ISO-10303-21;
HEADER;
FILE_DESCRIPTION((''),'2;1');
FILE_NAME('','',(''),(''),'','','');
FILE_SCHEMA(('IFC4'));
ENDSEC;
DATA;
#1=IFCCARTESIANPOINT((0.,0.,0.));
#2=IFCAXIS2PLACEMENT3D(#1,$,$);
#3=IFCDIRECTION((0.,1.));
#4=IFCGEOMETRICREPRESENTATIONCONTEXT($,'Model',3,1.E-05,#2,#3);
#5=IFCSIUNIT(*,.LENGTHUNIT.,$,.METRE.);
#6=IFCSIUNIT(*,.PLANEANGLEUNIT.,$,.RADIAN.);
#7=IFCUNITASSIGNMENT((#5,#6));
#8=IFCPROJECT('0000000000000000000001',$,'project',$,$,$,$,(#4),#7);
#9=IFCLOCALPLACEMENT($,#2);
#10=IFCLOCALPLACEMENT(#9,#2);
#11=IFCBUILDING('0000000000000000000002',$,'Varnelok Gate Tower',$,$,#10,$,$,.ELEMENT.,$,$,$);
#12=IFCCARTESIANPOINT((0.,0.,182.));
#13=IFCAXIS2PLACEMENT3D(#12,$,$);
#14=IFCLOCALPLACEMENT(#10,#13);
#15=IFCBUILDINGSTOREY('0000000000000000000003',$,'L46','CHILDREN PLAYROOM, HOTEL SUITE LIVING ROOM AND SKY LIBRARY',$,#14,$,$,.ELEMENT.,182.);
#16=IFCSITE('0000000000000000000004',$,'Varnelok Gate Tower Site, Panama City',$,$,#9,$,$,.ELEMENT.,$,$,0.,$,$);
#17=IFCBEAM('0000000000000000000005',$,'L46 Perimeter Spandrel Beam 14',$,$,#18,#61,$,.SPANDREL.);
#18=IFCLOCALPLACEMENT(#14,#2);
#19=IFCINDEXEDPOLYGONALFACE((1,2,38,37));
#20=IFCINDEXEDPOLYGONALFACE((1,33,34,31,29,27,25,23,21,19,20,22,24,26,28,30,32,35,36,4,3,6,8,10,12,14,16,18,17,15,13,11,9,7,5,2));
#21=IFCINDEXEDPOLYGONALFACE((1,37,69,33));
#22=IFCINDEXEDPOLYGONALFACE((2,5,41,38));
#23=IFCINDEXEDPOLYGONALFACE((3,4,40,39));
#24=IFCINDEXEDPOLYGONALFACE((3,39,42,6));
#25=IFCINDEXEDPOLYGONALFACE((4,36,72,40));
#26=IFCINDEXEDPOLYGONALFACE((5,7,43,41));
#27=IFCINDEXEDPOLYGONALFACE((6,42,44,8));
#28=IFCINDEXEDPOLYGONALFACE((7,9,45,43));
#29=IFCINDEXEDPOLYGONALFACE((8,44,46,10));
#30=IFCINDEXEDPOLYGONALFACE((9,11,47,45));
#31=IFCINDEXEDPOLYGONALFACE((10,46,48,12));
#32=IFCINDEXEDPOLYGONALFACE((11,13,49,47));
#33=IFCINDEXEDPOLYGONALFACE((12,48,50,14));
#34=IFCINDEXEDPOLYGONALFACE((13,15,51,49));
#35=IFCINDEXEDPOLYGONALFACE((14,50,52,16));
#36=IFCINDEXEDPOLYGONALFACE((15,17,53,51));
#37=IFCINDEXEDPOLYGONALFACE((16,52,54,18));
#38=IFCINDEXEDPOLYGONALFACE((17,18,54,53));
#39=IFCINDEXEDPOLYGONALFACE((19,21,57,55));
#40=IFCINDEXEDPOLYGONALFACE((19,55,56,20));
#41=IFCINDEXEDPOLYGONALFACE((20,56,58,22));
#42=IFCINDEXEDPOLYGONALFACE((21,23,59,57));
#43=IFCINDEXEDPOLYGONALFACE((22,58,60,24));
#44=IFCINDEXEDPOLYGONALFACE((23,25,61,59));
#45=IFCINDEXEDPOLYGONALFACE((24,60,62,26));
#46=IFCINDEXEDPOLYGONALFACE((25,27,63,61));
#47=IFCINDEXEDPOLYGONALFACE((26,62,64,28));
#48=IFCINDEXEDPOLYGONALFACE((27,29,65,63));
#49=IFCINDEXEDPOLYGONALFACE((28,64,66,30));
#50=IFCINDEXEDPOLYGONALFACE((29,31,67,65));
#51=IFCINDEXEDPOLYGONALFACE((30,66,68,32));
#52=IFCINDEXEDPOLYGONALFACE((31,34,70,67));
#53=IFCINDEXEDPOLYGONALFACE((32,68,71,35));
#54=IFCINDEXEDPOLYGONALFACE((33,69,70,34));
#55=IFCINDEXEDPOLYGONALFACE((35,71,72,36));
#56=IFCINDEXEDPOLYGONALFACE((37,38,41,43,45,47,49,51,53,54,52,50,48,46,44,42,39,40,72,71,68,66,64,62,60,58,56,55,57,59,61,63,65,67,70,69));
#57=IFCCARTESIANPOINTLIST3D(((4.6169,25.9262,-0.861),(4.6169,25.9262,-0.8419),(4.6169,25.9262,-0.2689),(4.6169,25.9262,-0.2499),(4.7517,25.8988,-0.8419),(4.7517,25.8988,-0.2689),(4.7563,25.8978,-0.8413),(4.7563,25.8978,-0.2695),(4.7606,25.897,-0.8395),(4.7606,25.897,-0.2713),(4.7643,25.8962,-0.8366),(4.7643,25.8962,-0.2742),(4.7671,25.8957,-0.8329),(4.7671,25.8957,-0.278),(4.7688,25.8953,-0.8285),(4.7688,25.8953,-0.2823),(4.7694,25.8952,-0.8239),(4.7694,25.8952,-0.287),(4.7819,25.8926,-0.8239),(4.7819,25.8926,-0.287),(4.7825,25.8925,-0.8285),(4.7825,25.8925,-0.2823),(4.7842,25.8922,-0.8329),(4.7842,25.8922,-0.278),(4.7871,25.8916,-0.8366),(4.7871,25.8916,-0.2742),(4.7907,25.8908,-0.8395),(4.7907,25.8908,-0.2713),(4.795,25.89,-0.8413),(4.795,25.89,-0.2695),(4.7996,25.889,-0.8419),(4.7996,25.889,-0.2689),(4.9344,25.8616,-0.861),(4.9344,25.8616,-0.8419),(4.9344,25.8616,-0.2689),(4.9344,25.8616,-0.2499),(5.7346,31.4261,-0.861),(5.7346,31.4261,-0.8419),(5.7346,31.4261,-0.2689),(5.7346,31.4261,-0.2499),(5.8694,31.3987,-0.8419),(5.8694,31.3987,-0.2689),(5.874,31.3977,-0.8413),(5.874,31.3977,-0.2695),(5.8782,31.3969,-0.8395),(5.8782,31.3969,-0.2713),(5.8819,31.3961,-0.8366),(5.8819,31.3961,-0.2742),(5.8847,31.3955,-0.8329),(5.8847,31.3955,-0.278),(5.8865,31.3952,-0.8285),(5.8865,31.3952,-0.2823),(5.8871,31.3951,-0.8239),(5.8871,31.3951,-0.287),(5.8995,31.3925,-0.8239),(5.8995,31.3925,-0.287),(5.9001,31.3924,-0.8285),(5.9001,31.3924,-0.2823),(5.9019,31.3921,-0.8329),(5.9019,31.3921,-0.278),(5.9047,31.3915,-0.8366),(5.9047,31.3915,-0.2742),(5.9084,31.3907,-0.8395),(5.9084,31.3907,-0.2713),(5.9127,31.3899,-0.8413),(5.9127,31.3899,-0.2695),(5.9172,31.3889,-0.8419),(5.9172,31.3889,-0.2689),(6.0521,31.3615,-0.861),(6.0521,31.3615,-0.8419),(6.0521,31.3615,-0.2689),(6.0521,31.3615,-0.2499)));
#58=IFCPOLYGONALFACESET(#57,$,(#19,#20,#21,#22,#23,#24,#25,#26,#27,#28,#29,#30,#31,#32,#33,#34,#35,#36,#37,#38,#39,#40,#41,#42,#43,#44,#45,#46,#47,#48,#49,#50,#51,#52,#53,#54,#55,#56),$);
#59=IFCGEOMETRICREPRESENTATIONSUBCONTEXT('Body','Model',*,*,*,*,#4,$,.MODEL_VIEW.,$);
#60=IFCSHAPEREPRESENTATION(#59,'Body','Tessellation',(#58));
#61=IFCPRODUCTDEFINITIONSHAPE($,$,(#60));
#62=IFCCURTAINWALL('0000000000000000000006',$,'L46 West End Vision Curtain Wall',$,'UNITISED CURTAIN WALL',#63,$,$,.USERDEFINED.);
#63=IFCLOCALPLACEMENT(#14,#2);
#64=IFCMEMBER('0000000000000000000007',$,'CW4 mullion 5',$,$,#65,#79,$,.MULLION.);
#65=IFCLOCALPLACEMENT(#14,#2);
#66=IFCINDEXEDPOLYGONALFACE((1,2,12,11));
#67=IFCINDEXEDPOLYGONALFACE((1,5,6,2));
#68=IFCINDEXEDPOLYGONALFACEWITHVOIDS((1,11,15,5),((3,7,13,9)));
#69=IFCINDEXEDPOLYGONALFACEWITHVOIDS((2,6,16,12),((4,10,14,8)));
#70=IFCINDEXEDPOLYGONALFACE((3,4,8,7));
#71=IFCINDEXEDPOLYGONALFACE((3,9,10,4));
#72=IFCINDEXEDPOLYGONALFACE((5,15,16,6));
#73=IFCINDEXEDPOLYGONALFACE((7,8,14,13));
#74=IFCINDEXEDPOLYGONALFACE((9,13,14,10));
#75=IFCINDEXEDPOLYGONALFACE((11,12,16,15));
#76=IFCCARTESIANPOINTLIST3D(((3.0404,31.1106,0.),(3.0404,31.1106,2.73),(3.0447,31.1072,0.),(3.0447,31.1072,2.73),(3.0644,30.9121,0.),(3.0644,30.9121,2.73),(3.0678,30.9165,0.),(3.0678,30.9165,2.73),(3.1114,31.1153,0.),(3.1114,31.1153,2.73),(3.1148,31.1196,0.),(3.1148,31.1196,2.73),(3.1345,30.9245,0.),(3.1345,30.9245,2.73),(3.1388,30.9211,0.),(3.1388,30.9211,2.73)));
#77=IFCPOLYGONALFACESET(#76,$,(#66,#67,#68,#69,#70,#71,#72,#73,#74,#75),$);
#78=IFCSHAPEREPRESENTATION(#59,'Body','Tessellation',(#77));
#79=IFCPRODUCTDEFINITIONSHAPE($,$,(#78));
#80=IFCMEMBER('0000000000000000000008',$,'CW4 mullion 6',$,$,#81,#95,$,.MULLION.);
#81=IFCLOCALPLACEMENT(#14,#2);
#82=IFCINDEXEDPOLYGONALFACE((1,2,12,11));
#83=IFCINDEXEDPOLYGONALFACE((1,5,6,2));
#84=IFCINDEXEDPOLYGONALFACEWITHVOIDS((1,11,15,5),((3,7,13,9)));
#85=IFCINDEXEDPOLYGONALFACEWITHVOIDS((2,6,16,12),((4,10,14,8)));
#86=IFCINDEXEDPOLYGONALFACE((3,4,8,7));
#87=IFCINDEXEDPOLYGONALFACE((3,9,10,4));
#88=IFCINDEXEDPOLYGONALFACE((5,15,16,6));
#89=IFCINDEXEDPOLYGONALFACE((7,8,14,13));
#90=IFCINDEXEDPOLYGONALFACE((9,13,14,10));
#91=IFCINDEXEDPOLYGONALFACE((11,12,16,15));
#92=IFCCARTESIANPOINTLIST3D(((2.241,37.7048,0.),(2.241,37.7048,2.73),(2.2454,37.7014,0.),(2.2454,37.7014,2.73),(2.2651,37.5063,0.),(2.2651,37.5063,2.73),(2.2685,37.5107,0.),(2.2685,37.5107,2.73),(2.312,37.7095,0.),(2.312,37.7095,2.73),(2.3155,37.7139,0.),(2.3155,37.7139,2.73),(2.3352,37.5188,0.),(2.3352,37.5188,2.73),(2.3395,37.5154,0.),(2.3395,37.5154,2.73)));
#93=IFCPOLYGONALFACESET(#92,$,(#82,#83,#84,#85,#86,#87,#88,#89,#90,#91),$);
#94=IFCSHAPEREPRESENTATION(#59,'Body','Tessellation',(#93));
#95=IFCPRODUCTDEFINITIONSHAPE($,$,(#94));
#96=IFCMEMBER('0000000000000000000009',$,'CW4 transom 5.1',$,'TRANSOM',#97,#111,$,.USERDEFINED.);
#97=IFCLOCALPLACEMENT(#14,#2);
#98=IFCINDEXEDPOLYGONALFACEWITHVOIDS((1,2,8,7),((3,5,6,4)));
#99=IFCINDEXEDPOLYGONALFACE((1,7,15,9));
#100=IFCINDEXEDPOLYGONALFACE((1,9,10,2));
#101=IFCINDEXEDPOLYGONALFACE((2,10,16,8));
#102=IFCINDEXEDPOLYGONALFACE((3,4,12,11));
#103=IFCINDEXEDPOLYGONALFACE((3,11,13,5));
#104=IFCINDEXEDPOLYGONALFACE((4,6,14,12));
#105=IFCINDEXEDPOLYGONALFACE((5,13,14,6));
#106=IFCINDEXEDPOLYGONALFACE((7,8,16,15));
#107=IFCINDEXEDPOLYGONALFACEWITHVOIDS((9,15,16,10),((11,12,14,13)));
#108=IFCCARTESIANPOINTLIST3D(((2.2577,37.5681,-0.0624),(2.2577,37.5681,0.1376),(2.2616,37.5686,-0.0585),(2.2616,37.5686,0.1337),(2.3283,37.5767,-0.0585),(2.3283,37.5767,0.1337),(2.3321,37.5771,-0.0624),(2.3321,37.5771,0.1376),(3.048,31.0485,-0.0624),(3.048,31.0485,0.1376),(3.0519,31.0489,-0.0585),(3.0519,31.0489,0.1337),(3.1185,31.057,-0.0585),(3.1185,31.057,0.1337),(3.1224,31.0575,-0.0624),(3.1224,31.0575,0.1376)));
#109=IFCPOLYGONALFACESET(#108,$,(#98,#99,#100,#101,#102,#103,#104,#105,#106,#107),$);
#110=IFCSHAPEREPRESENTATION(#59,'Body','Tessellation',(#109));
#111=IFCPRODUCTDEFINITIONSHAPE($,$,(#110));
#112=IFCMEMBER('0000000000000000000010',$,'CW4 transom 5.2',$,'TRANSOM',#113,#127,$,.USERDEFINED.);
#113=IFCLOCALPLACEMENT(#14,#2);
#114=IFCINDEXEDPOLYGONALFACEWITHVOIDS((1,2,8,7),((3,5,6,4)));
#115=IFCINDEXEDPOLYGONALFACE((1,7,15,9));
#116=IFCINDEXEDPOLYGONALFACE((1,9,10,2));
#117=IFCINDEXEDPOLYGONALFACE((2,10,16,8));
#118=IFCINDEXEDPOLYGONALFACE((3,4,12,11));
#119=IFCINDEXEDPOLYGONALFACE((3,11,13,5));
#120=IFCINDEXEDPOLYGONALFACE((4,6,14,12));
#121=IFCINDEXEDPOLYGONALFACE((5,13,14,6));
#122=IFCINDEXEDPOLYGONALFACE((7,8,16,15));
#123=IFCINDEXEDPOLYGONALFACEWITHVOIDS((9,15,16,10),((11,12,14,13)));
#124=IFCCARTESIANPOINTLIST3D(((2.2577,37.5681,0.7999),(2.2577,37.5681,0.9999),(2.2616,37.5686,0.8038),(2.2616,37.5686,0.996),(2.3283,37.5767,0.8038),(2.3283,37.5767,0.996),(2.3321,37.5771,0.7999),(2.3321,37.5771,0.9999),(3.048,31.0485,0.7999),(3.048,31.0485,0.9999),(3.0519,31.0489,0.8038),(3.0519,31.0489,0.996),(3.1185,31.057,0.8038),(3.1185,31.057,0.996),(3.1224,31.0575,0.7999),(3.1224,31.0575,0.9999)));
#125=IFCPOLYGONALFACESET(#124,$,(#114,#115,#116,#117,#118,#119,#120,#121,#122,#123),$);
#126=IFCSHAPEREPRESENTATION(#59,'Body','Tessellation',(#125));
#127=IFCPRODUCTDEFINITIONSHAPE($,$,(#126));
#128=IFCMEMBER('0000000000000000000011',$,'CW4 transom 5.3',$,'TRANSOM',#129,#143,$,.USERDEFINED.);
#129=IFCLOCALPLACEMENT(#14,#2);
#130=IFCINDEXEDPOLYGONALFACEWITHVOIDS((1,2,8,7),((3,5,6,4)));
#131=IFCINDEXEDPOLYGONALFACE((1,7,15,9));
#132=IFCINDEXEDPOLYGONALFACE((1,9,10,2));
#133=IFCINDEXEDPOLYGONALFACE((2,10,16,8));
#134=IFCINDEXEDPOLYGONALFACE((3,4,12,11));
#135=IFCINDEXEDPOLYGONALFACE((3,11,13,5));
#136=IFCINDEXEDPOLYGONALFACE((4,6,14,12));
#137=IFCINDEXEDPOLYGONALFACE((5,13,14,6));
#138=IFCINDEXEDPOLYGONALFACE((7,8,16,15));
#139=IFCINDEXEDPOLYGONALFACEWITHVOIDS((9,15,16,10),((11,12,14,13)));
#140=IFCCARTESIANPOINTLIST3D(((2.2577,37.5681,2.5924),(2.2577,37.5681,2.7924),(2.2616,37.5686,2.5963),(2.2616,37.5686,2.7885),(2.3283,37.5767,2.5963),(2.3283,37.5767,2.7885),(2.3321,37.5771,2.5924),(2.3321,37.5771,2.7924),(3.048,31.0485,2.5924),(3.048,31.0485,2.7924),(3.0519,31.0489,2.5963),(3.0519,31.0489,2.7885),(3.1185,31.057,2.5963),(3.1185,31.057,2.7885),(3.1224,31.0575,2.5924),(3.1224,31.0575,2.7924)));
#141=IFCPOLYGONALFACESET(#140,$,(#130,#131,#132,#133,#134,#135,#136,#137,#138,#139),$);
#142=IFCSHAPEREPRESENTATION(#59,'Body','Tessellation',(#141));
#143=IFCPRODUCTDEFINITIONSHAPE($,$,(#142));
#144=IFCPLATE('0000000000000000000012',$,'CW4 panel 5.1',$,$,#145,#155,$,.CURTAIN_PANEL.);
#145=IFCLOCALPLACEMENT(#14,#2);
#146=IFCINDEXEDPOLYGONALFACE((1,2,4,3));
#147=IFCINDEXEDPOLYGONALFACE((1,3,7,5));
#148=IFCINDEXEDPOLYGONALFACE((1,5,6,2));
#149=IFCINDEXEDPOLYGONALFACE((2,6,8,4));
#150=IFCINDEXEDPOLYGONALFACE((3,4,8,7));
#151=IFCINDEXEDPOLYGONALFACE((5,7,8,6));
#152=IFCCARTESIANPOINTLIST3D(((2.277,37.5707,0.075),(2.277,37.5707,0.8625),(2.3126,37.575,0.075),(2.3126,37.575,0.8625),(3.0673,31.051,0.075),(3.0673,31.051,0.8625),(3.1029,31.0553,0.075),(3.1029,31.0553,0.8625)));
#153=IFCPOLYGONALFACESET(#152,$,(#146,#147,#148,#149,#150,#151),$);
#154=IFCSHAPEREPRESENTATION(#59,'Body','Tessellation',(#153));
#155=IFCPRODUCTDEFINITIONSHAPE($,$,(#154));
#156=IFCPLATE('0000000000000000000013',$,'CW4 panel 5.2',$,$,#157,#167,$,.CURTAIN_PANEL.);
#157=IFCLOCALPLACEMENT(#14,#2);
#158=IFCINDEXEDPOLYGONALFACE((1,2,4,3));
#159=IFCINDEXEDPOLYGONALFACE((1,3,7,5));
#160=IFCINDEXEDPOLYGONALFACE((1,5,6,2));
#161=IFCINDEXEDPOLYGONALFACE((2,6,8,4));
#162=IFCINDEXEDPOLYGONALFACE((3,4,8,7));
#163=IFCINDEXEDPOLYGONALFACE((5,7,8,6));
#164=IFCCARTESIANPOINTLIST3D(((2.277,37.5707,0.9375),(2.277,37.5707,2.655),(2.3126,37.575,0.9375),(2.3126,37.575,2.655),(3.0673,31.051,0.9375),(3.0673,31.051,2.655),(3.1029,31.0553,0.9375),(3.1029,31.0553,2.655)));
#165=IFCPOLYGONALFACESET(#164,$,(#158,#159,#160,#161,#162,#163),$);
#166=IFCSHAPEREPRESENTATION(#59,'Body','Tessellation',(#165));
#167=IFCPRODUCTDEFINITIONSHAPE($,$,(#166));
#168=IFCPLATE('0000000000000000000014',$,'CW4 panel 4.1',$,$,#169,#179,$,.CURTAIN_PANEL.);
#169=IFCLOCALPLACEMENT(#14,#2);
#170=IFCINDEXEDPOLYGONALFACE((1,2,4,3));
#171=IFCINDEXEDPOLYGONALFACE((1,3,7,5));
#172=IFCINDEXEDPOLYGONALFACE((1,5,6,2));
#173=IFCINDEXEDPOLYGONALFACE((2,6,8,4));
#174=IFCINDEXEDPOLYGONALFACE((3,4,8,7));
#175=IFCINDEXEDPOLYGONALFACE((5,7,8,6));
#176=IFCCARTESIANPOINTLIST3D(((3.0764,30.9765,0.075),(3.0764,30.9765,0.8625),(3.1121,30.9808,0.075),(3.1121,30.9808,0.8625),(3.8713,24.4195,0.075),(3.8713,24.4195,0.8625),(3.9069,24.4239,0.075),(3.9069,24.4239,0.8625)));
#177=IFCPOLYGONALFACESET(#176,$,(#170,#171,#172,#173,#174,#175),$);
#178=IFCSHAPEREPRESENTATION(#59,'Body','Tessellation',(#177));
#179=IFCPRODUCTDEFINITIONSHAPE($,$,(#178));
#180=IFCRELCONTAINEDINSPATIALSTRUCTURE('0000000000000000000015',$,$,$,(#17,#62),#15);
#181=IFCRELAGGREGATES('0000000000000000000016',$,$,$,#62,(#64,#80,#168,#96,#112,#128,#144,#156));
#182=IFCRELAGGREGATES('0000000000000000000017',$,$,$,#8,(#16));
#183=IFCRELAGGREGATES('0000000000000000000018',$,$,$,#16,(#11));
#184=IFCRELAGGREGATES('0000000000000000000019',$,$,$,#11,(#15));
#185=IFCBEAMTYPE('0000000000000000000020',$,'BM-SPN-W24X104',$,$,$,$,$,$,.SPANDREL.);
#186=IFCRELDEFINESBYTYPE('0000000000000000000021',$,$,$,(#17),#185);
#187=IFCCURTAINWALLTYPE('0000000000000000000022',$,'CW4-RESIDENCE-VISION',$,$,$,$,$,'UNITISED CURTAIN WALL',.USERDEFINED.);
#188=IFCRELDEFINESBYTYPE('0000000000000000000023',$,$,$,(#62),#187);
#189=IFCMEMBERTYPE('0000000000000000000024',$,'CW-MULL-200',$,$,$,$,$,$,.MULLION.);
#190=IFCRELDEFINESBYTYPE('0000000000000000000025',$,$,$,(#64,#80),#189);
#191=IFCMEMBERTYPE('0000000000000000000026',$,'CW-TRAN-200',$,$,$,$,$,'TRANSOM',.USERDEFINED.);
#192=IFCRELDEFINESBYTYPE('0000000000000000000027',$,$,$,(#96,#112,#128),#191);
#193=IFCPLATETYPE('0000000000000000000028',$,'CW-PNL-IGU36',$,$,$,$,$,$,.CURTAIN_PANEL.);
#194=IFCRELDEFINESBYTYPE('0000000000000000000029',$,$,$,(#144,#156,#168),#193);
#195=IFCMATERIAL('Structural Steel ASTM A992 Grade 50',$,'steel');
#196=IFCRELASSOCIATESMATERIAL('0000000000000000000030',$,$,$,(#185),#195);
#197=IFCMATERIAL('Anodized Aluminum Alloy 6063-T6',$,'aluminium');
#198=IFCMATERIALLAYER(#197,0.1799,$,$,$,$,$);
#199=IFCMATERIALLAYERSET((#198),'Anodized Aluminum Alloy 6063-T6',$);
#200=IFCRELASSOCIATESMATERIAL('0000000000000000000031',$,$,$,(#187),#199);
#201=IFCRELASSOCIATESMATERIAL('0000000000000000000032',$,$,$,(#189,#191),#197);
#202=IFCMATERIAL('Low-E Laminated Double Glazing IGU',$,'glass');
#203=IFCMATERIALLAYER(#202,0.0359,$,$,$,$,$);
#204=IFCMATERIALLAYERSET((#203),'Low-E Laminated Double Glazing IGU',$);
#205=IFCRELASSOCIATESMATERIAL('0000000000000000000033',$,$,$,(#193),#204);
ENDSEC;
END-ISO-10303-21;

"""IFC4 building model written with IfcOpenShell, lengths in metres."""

from ifc_helpers import new_model, si_unit, direction, frame, origin, origin_2d, place, context, subcontext, project, spatial, rectangle, hollow_rectangle, i_section, extrude, source, transform, mapped, material, layer, layer_set, material_profile, profile_set, type_object, element, aggregate, save


model = new_model("IFC4")

# Units and contexts
model_context = context("Model", 3, precision=1e-05, world=origin(), true_north=direction((0.0, 1.0)))
body_context = subcontext(model_context, "Body", "Model", "MODEL_VIEW")
ifc_project = project(units=[si_unit("LENGTHUNIT", "METRE"), si_unit("PLANEANGLEUNIT", "RADIAN")], contexts=[model_context])

# Site, building, storey
site_placement = place(None, origin())
site = spatial("IfcSite", under=ifc_project, at=site_placement, Name="Varnelok Gate Tower Site, Panama City", CompositionType="ELEMENT", RefElevation=0.0)
building_placement = place(site_placement, origin())
building = spatial("IfcBuilding", under=site, at=building_placement, Name="Varnelok Gate Tower", CompositionType="ELEMENT")
storey_placement = place(building_placement, frame((0.0, 0.0, 182.0)))
storey = spatial("IfcBuildingStorey", under=building, at=storey_placement, Name="L46", Description="CHILDREN PLAYROOM, HOTEL SUITE LIVING ROOM AND SKY LIBRARY", CompositionType="ELEMENT", Elevation=182.0)

# Shared definitions
ifc_material_1 = material(Name="Structural Steel ASTM A992 Grade 50", Category="steel")

# Beam
ifc_material_profile_1 = material_profile(ifc_material_1, i_section(OverallWidth=0.324, OverallDepth=0.6111, WebThickness=0.0127, FlangeThickness=0.019, FilletRadius=0.0181, at=origin_2d()), Name="W24X104")
ifc_profile_set_1 = profile_set([ifc_material_profile_1], Name="Structural Steel ASTM A992 Grade 50")
beam_type_1 = type_object("IfcBeamType", Name="BM-SPN-W24X104", PredefinedType="SPANDREL", material=ifc_profile_set_1)
beam_1_placement = place(storey_placement, frame((5.8933, 31.3938, -0.5554), z_axis=(-0.199143, -0.97997, 0.0), x_axis=(0.97997, -0.199143, 0.0)))
element("IfcBeam", 1, at=beam_1_placement, inside=storey, type_object=beam_type_1, Name="L46 Perimeter Spandrel Beam 14", PredefinedType="SPANDREL", context=body_context, shape_type="SweptSolid", body=[
    extrude(i_section(OverallWidth=0.324, OverallDepth=0.6111, WebThickness=0.0127, FlangeThickness=0.019, FilletRadius=0.0181, at=origin_2d()), origin(), (0.0, 0.0, 1.0), 5.6123),
])

# Curtain wall, members, plates
ifc_material_2 = material(Name="Anodized Aluminum Alloy 6063-T6", Category="aluminium")
ifc_layer_1 = layer(ifc_material_2, 0.1799)
ifc_layer_set_1 = layer_set([ifc_layer_1], Name="Anodized Aluminum Alloy 6063-T6")
curtain_wall_type = type_object("IfcCurtainWallType", Name="CW4-RESIDENCE-VISION", ElementType="UNITISED CURTAIN WALL", PredefinedType="USERDEFINED", material=ifc_layer_set_1)
curtain_wall_placement = place(storey_placement, origin())
curtain_wall = element("IfcCurtainWall", 2, at=curtain_wall_placement, inside=storey, type_object=curtain_wall_type, Name="L46 West End Vision Curtain Wall", ObjectType="UNITISED CURTAIN WALL", PredefinedType="USERDEFINED")
ifc_material_profile_2 = material_profile(ifc_material_2, hollow_rectangle(XDim=0.075, YDim=0.2, WallThickness=0.0039, at=origin_2d()), Name="ALU200X75X4")
ifc_profile_set_2 = profile_set([ifc_material_profile_2], Name="Anodized Aluminum Alloy 6063-T6")
member_type_1 = type_object("IfcMemberType", Name="CW-MULL-200", PredefinedType="MULLION", material=ifc_profile_set_2)
member_1_placement = place(storey_placement, frame((3.0896, 31.0159, 0.0), z_axis=(0.0, 0.0, 1.0), x_axis=(-0.992732, -0.120345, 0.0)))
member_1 = element("IfcMember", 3, at=member_1_placement, type_object=member_type_1, Name="CW4 mullion 5", PredefinedType="MULLION", context=body_context, shape_type="SweptSolid", body=[
    extrude(hollow_rectangle(XDim=0.075, YDim=0.2, WallThickness=0.0039, at=origin_2d()), origin(), (0.0, 0.0, 1.0), 2.73),
])
member_2_placement = place(storey_placement, frame((2.2903, 37.6101, 0.0), z_axis=(0.0, 0.0, 1.0), x_axis=(-0.992732, -0.120345, 0.0)))
member_2 = element("IfcMember", 4, at=member_2_placement, type_object=member_type_1, Name="CW4 mullion 6", PredefinedType="MULLION", context=body_context, shape_type="SweptSolid", body=[
    extrude(hollow_rectangle(XDim=0.075, YDim=0.2, WallThickness=0.0039, at=origin_2d()), origin(), (0.0, 0.0, 1.0), 2.73),
])
ifc_material_profile_3 = material_profile(ifc_material_2, hollow_rectangle(XDim=0.075, YDim=0.2, WallThickness=0.0039, at=origin_2d()), Name="ALU200X75X4")
ifc_profile_set_3 = profile_set([ifc_material_profile_3], Name="Anodized Aluminum Alloy 6063-T6")
member_type_2 = type_object("IfcMemberType", Name="CW-TRAN-200", ElementType="TRANSOM", PredefinedType="USERDEFINED", material=ifc_profile_set_3)
member_3_placement = place(storey_placement, frame((3.0852, 31.053, 0.0376), z_axis=(-0.120332, 0.992734, 0.0), x_axis=(-0.992734, -0.120332, 0.0)))
member_3 = element("IfcMember", 5, at=member_3_placement, type_object=member_type_2, Name="CW4 transom 5.1", ObjectType="TRANSOM", PredefinedType="USERDEFINED", context=body_context, shape_type="SweptSolid", body=[
    extrude(hollow_rectangle(XDim=0.075, YDim=0.2, WallThickness=0.0039, at=origin_2d()), origin(), (0.0, 0.0, 1.0), 6.5674),
])
member_4_placement = place(storey_placement, frame((3.0852, 31.053, 0.8999), z_axis=(-0.120332, 0.992734, 0.0), x_axis=(-0.992734, -0.120332, 0.0)))
member_4 = element("IfcMember", 6, at=member_4_placement, type_object=member_type_2, Name="CW4 transom 5.2", ObjectType="TRANSOM", PredefinedType="USERDEFINED", context=body_context, shape_type="SweptSolid", body=[
    extrude(hollow_rectangle(XDim=0.075, YDim=0.2, WallThickness=0.0039, at=origin_2d()), origin(), (0.0, 0.0, 1.0), 6.5674),
])
member_5_placement = place(storey_placement, frame((3.0852, 31.053, 2.6924), z_axis=(-0.120332, 0.992734, 0.0), x_axis=(-0.992734, -0.120332, 0.0)))
member_5 = element("IfcMember", 7, at=member_5_placement, type_object=member_type_2, Name="CW4 transom 5.3", ObjectType="TRANSOM", PredefinedType="USERDEFINED", context=body_context, shape_type="SweptSolid", body=[
    extrude(hollow_rectangle(XDim=0.075, YDim=0.2, WallThickness=0.0039, at=origin_2d()), origin(), (0.0, 0.0, 1.0), 6.5674),
])
ifc_material_3 = material(Name="Low-E Laminated Double Glazing IGU", Category="glass")
ifc_layer_2 = layer(ifc_material_3, 0.0359)
ifc_layer_set_2 = layer_set([ifc_layer_2], Name="Low-E Laminated Double Glazing IGU")
plate_type = type_object("IfcPlateType", Name="CW-PNL-IGU36", PredefinedType="CURTAIN_PANEL", material=ifc_layer_set_2)
shared_shape_1 = source(origin(), body_context, "Body", "SweptSolid", [
    extrude(rectangle(XDim=6.5674, YDim=0.0359, at=origin_2d()), origin(), (0.0, 0.0, 1.0), 0.7876),
])
plate_1_placement = place(storey_placement, frame((2.6899, 34.313, 0.075), z_axis=(0.0, 0.0, 1.0), x_axis=(-0.120345, 0.992732, 0.0)))
plate_1 = element("IfcPlate", 8, at=plate_1_placement, type_object=plate_type, Name="CW4 panel 5.1", PredefinedType="CURTAIN_PANEL", context=body_context, shape_type="MappedRepresentation", body=[
    mapped(shared_shape_1, transform((0.0, 0.0, 0.0), scale=1.0)),
])
shared_shape_2 = source(origin(), body_context, "Body", "SweptSolid", [
    extrude(rectangle(XDim=6.5674, YDim=0.0359, at=origin_2d()), origin(), (0.0, 0.0, 1.0), 1.7175),
])
plate_2_placement = place(storey_placement, frame((2.6899, 34.313, 0.9375), z_axis=(0.0, 0.0, 1.0), x_axis=(-0.120345, 0.992732, 0.0)))
plate_2 = element("IfcPlate", 9, at=plate_2_placement, type_object=plate_type, Name="CW4 panel 5.2", PredefinedType="CURTAIN_PANEL", context=body_context, shape_type="MappedRepresentation", body=[
    mapped(shared_shape_2, transform((0.0, 0.0, 0.0), scale=1.0)),
])
shared_shape_3 = source(origin(), body_context, "Body", "SweptSolid", [
    extrude(rectangle(XDim=6.605, YDim=0.0359, at=origin_2d()), origin(), (0.0, 0.0, 1.0), 0.7876),
])
plate_3_placement = place(storey_placement, frame((3.4917, 27.7002, 0.075), z_axis=(0.0, 0.0, 1.0), x_axis=(-0.120345, 0.992732, 0.0)))
plate_3 = element("IfcPlate", 10, at=plate_3_placement, type_object=plate_type, Name="CW4 panel 4.1", PredefinedType="CURTAIN_PANEL", context=body_context, shape_type="MappedRepresentation", body=[
    mapped(shared_shape_3, transform((0.0, 0.0, 0.0), scale=1.0)),
])
aggregate(curtain_wall, [member_1, member_2, plate_3, member_3, member_4, member_5, plate_1, plate_2])

save(model, "model.ifc")
